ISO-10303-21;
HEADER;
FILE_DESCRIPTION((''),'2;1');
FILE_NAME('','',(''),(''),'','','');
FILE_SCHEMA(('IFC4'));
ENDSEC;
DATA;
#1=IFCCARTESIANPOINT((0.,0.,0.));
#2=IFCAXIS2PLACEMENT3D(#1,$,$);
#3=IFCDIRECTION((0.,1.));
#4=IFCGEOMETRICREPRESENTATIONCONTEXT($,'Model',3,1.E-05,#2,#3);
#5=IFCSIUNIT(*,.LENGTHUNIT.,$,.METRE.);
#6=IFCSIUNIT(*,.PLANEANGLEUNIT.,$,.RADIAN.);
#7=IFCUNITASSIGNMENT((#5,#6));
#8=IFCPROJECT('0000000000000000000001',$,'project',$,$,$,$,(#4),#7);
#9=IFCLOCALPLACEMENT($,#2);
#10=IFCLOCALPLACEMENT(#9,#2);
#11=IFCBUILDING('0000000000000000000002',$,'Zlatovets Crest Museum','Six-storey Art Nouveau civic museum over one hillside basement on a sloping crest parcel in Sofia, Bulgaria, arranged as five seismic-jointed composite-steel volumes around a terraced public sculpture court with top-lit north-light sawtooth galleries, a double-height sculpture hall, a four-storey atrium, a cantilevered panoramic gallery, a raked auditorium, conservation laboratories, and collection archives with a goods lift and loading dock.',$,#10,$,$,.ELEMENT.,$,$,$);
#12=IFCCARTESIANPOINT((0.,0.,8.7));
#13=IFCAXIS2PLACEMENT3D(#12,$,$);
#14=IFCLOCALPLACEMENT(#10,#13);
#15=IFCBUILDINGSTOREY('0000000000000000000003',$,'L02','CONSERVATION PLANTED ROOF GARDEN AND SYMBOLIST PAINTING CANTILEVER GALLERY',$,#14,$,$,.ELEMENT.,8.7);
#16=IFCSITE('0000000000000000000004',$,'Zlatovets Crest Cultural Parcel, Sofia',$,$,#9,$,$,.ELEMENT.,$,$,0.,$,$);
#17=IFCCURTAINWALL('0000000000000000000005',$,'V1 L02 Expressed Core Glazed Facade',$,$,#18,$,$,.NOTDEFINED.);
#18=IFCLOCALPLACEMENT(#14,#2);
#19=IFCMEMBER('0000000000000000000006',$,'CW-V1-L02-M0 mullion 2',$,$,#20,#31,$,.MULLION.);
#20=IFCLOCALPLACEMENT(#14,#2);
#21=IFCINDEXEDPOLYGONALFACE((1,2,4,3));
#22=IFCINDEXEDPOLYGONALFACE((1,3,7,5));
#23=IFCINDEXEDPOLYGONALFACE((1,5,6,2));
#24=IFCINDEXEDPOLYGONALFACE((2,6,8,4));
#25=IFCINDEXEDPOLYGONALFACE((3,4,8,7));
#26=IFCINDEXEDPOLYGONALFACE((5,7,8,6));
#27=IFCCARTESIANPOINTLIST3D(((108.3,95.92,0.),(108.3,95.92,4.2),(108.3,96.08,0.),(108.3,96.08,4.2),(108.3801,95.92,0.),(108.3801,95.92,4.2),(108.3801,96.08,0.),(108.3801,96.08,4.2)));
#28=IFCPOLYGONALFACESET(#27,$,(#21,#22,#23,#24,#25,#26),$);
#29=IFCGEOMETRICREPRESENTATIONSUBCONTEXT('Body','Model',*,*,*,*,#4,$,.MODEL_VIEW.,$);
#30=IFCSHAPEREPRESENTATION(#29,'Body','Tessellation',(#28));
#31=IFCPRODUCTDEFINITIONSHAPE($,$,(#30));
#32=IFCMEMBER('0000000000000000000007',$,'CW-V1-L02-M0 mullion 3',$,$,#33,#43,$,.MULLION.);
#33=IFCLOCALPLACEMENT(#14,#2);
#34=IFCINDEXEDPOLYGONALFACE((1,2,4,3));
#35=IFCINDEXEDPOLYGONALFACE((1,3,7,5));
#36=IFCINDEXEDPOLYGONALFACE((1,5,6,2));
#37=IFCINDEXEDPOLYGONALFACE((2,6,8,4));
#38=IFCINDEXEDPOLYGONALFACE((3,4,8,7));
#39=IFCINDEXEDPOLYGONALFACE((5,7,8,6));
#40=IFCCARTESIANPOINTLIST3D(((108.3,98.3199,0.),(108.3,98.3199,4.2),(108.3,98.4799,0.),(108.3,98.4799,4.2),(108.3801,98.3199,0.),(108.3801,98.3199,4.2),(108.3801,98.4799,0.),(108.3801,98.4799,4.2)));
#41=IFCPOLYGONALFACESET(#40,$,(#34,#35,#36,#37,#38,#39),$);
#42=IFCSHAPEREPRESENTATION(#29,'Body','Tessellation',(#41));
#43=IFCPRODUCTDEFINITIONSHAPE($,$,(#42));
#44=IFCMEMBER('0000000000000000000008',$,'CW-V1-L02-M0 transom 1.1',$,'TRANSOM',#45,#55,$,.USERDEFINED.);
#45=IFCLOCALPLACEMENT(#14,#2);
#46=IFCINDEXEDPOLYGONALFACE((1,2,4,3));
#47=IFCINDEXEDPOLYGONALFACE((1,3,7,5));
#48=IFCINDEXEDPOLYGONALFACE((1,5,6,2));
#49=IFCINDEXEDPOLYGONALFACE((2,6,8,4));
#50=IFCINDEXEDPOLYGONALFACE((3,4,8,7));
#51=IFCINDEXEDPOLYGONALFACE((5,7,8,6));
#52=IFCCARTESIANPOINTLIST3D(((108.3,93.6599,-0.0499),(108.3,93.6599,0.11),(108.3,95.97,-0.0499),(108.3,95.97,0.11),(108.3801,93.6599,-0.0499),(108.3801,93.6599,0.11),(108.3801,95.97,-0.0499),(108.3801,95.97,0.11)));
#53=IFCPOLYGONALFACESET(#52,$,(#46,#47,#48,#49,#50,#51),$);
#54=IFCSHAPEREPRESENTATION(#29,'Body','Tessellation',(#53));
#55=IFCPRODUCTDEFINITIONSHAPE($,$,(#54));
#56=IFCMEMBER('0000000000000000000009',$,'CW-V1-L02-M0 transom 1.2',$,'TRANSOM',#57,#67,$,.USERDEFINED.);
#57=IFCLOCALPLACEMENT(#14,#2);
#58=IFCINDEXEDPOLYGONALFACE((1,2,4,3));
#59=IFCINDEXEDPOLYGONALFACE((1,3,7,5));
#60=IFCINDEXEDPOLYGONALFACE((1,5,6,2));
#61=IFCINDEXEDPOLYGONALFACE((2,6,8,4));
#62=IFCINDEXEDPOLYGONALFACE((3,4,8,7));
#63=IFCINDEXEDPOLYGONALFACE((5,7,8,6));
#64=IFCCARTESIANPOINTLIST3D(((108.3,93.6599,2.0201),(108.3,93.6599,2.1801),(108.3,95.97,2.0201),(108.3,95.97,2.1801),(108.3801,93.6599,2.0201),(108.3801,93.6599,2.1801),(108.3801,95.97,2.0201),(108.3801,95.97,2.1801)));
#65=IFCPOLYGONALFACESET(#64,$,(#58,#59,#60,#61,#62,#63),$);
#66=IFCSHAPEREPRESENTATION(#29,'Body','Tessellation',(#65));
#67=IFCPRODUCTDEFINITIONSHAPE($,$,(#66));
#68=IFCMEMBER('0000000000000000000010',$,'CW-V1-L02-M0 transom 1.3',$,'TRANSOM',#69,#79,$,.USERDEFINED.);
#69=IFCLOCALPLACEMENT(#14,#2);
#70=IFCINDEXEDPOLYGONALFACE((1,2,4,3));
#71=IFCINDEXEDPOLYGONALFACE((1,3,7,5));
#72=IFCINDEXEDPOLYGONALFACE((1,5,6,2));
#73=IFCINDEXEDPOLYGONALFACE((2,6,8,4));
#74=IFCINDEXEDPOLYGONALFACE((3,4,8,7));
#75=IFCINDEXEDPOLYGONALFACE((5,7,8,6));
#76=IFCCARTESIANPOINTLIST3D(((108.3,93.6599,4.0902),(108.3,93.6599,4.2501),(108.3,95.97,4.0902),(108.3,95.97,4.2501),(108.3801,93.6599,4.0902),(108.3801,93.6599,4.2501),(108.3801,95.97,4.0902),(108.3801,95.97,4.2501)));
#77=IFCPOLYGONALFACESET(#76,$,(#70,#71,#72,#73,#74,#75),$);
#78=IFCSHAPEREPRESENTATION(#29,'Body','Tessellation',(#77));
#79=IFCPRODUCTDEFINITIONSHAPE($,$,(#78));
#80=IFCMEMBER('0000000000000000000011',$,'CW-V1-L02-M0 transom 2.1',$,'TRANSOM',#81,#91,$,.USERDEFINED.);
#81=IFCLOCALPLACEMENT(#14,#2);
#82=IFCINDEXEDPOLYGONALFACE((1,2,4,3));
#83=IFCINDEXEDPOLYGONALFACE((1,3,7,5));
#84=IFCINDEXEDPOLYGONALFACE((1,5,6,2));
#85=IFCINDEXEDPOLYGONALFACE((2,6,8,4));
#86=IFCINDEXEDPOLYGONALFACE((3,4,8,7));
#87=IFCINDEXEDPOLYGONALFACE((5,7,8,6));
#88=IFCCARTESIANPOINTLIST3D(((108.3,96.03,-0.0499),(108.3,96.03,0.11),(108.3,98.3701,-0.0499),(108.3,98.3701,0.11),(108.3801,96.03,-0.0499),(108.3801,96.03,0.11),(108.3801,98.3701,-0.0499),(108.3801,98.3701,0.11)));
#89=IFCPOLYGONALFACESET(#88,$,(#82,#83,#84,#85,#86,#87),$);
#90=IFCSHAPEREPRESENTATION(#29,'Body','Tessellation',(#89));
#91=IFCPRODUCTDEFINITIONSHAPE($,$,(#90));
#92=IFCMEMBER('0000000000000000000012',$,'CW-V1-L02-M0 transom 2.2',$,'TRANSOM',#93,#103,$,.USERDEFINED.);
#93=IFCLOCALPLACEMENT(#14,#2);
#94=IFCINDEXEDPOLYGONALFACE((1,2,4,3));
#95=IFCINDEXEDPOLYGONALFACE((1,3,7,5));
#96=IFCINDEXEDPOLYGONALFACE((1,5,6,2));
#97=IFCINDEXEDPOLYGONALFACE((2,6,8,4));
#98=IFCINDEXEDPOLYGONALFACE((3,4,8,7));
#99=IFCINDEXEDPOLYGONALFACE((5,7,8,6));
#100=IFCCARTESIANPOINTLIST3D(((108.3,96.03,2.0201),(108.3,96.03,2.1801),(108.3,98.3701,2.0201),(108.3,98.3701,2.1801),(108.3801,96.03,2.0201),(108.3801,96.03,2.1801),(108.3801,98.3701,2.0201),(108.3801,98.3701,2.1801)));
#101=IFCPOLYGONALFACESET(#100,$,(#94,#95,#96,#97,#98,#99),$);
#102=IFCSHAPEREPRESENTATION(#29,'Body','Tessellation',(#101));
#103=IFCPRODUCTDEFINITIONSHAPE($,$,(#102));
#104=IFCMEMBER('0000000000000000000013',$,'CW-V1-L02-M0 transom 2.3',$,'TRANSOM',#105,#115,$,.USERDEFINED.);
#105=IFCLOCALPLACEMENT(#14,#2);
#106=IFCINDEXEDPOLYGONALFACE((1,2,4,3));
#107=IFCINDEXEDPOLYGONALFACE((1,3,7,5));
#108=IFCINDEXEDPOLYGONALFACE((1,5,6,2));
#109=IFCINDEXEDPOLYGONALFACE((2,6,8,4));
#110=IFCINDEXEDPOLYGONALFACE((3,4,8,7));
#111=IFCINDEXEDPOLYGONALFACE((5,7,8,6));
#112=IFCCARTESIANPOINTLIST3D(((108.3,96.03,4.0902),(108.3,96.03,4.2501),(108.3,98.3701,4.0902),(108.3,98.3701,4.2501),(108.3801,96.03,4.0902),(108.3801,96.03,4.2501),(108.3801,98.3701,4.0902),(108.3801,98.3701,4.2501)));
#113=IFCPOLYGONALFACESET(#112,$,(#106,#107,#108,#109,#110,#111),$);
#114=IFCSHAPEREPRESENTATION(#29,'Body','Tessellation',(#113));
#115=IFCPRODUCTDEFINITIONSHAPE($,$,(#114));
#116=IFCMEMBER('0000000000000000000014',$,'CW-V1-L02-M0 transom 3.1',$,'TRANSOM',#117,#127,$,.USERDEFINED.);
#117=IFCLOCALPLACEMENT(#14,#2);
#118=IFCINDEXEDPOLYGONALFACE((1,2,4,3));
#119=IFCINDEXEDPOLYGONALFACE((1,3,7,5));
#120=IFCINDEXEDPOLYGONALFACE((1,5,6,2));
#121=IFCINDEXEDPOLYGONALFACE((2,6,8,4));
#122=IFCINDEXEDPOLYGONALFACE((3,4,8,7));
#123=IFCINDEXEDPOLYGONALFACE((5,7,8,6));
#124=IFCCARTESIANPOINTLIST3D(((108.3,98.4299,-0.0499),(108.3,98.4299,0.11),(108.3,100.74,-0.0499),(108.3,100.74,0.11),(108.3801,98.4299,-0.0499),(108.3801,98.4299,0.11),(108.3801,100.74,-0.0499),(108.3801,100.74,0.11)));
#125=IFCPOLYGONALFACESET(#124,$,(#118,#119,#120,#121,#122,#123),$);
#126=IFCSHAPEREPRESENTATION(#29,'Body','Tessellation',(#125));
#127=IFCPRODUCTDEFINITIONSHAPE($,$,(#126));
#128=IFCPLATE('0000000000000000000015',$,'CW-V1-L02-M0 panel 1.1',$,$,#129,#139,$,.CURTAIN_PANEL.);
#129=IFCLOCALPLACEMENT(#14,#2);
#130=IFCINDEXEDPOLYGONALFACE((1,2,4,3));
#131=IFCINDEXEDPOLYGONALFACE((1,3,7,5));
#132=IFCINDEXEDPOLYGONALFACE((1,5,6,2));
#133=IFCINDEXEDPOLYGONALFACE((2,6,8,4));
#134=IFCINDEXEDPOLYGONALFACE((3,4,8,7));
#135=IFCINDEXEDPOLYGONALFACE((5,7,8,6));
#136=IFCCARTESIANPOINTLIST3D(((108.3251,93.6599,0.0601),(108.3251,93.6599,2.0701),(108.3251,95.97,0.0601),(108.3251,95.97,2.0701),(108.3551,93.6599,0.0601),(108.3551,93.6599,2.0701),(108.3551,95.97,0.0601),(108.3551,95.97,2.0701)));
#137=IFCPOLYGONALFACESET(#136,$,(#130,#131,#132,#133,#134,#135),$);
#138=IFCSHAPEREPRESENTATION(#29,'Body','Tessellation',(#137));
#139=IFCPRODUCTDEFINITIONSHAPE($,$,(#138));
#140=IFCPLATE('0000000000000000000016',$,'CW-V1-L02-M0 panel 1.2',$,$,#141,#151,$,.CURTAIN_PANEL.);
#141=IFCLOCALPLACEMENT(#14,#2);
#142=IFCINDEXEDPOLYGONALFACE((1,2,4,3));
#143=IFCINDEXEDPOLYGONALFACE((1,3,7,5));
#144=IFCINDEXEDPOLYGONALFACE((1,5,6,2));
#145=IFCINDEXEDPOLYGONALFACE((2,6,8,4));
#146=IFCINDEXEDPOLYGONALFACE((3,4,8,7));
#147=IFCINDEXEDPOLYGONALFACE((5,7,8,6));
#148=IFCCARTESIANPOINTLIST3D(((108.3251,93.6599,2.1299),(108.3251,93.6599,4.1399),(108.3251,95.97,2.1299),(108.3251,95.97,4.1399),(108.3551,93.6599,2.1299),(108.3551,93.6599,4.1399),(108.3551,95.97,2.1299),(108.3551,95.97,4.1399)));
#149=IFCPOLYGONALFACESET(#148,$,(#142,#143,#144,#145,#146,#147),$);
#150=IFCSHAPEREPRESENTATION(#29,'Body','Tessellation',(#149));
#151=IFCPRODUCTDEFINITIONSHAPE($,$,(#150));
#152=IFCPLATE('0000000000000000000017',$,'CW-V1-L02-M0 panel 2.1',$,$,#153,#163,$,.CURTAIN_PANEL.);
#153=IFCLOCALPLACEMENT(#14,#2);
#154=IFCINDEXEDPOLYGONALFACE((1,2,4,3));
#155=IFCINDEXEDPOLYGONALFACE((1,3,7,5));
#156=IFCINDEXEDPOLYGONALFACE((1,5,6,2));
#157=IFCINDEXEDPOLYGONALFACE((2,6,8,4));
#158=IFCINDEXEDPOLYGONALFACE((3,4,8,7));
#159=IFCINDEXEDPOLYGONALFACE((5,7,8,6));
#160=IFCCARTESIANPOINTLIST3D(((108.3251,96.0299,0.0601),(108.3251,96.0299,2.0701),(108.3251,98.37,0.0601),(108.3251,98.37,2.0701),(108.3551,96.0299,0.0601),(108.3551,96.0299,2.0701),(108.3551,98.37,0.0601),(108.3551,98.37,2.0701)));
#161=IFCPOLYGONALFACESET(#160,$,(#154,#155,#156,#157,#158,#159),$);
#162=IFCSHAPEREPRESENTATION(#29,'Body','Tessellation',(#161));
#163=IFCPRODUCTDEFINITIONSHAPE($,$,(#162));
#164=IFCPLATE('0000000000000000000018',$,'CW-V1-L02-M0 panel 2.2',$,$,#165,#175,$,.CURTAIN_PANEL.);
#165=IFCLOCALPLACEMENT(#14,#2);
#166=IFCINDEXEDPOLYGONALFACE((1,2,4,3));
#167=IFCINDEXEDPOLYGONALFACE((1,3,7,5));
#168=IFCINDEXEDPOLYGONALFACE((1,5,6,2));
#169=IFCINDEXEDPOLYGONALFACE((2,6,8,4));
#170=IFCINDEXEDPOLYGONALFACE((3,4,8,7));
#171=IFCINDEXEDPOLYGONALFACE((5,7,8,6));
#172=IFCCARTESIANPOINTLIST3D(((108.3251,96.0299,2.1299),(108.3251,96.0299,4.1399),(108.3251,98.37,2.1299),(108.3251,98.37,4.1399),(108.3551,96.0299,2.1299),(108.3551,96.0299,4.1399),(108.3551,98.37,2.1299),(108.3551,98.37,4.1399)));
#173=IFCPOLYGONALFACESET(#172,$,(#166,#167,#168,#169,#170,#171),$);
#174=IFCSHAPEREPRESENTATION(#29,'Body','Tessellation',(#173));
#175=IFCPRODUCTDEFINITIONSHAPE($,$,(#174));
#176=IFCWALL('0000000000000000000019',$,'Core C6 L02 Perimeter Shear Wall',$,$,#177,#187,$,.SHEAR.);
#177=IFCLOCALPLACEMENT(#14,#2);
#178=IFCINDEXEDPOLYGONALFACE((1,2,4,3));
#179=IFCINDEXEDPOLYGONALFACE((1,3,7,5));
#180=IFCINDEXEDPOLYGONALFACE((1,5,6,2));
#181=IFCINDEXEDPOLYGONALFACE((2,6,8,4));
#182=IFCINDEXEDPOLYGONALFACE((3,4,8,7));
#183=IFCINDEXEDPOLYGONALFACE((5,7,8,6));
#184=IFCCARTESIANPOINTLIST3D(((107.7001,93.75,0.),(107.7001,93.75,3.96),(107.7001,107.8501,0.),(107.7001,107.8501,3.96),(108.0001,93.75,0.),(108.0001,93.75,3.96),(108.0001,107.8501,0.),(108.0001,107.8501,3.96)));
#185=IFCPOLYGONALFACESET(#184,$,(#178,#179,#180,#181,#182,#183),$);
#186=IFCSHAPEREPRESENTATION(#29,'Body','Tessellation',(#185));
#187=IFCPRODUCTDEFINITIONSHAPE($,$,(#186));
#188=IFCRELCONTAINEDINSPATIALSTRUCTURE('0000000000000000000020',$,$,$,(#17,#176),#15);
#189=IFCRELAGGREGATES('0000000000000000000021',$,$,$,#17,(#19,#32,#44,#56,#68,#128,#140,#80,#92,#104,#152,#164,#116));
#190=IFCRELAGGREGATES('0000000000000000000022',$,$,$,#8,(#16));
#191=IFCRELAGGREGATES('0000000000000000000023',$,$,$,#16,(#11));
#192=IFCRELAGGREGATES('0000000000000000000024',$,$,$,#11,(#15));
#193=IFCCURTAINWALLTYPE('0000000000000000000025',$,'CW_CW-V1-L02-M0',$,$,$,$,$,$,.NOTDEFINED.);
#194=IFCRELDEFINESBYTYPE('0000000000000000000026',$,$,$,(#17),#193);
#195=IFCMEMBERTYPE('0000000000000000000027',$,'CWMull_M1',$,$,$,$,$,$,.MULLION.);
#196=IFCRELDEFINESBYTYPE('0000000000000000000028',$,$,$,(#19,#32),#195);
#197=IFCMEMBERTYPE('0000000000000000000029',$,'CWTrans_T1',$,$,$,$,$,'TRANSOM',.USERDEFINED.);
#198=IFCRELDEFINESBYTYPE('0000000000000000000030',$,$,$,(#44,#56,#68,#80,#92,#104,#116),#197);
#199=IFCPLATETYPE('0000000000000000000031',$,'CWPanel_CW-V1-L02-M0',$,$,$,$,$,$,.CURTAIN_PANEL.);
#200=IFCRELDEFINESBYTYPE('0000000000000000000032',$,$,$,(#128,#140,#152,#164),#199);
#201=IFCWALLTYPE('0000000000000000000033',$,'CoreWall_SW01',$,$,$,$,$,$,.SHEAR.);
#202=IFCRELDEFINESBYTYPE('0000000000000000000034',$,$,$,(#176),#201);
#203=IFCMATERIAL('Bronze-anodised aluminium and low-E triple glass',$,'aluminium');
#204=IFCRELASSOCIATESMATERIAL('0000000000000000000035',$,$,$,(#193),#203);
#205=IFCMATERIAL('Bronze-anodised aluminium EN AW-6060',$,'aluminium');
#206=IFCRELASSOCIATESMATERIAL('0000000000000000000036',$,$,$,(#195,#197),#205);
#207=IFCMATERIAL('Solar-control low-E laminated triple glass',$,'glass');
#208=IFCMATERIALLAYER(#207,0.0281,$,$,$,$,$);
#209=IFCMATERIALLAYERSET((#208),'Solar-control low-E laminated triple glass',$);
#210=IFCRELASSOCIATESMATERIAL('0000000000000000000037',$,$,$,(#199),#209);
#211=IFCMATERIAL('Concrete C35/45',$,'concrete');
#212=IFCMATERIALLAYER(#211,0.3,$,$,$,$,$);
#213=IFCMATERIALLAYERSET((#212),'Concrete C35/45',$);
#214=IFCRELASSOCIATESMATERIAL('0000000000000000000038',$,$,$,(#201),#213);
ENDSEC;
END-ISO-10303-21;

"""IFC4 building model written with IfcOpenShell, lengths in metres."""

from ifc_helpers import new_model, si_unit, direction, frame, frame_2d, origin, origin_2d, place, context, subcontext, project, spatial, rectangle, extrude, material, layer, layer_set, material_profile, profile_set, type_object, element, aggregate, save


model = new_model("IFC4")

# Units and contexts
model_context = context("Model", 3, precision=1e-05, world=origin(), true_north=direction((0.0, 1.0)))
body_context = subcontext(model_context, "Body", "Model", "MODEL_VIEW")
ifc_project = project(units=[si_unit("LENGTHUNIT", "METRE"), si_unit("PLANEANGLEUNIT", "RADIAN")], contexts=[model_context])

# Site, building, storey
site_placement = place(None, origin())
site = spatial("IfcSite", under=ifc_project, at=site_placement, Name="Zlatovets Crest Cultural Parcel, Sofia", CompositionType="ELEMENT", RefElevation=0.0)
building_placement = place(site_placement, origin())
building = spatial("IfcBuilding", under=site, at=building_placement, Name="Zlatovets Crest Museum", Description="Six-storey Art Nouveau civic museum over one hillside basement on a sloping crest parcel in Sofia, Bulgaria, arranged as five seismic-jointed composite-steel volumes around a terraced public sculpture court with top-lit north-light sawtooth galleries, a double-height sculpture hall, a four-storey atrium, a cantilevered panoramic gallery, a raked auditorium, conservation laboratories, and collection archives with a goods lift and loading dock.", CompositionType="ELEMENT")
storey_placement = place(building_placement, frame((0.0, 0.0, 8.7)))
storey = spatial("IfcBuildingStorey", under=building, at=storey_placement, Name="L02", Description="CONSERVATION PLANTED ROOF GARDEN AND SYMBOLIST PAINTING CANTILEVER GALLERY", CompositionType="ELEMENT", Elevation=8.7)

# Curtain wall, members, plates
ifc_material_1 = material(Name="Bronze-anodised aluminium and low-E triple glass", Category="aluminium")
curtain_wall_type = type_object("IfcCurtainWallType", Name="CW_CW-V1-L02-M0", PredefinedType="NOTDEFINED", material=ifc_material_1)
curtain_wall_placement = place(storey_placement, origin())
curtain_wall = element("IfcCurtainWall", 1, at=curtain_wall_placement, inside=storey, type_object=curtain_wall_type, Name="V1 L02 Expressed Core Glazed Facade", PredefinedType="NOTDEFINED")
ifc_material_2 = material(Name="Bronze-anodised aluminium EN AW-6060", Category="aluminium")
ifc_material_profile_1 = material_profile(ifc_material_2, rectangle(XDim=0.0801, YDim=0.1599, at=origin_2d()), Name="ALU 80x160")
ifc_profile_set_1 = profile_set([ifc_material_profile_1], Name="Bronze-anodised aluminium EN AW-6060")
member_type_1 = type_object("IfcMemberType", Name="CWMull_M1", PredefinedType="MULLION", material=ifc_profile_set_1)
member_1_placement = place(storey_placement, frame((108.3401, 96.0, 0.0), z_axis=(0.0, 0.0, 1.0), x_axis=(-1.0, 0.0, 0.0)))
member_1 = element("IfcMember", 2, at=member_1_placement, type_object=member_type_1, Name="CW-V1-L02-M0 mullion 2", PredefinedType="MULLION", context=body_context, shape_type="SweptSolid", body=[
    extrude(rectangle(XDim=0.0801, YDim=0.1599, at=origin_2d()), origin(), (0.0, 0.0, 1.0), 4.2),
])
member_2_placement = place(storey_placement, frame((108.3401, 98.3999, 0.0), z_axis=(0.0, 0.0, 1.0), x_axis=(-1.0, 0.0, 0.0)))
member_2 = element("IfcMember", 3, at=member_2_placement, type_object=member_type_1, Name="CW-V1-L02-M0 mullion 3", PredefinedType="MULLION", context=body_context, shape_type="SweptSolid", body=[
    extrude(rectangle(XDim=0.0801, YDim=0.1599, at=origin_2d()), origin(), (0.0, 0.0, 1.0), 4.2),
])
ifc_material_profile_2 = material_profile(ifc_material_2, rectangle(XDim=0.0801, YDim=0.1599, at=origin_2d()), Name="ALU 80x160")
ifc_profile_set_2 = profile_set([ifc_material_profile_2], Name="Bronze-anodised aluminium EN AW-6060")
member_type_2 = type_object("IfcMemberType", Name="CWTrans_T1", ElementType="TRANSOM", PredefinedType="USERDEFINED", material=ifc_profile_set_2)
member_3_placement = place(storey_placement, frame((108.3401, 93.6599, 0.03), z_axis=(0.0, 1.0, 0.0), x_axis=(-1.0, 0.0, 0.0)))
member_3 = element("IfcMember", 4, at=member_3_placement, type_object=member_type_2, Name="CW-V1-L02-M0 transom 1.1", ObjectType="TRANSOM", PredefinedType="USERDEFINED", context=body_context, shape_type="SweptSolid", body=[
    extrude(rectangle(XDim=0.0801, YDim=0.1599, at=origin_2d()), origin(), (0.0, 0.0, 1.0), 2.3101),
])
member_4_placement = place(storey_placement, frame((108.3401, 93.6599, 2.1001), z_axis=(0.0, 1.0, 0.0), x_axis=(-1.0, 0.0, 0.0)))
member_4 = element("IfcMember", 5, at=member_4_placement, type_object=member_type_2, Name="CW-V1-L02-M0 transom 1.2", ObjectType="TRANSOM", PredefinedType="USERDEFINED", context=body_context, shape_type="SweptSolid", body=[
    extrude(rectangle(XDim=0.0801, YDim=0.1599, at=origin_2d()), origin(), (0.0, 0.0, 1.0), 2.3101),
])
member_5_placement = place(storey_placement, frame((108.3401, 93.6599, 4.1702), z_axis=(0.0, 1.0, 0.0), x_axis=(-1.0, 0.0, 0.0)))
member_5 = element("IfcMember", 6, at=member_5_placement, type_object=member_type_2, Name="CW-V1-L02-M0 transom 1.3", ObjectType="TRANSOM", PredefinedType="USERDEFINED", context=body_context, shape_type="SweptSolid", body=[
    extrude(rectangle(XDim=0.0801, YDim=0.1599, at=origin_2d()), origin(), (0.0, 0.0, 1.0), 2.3101),
])
member_6_placement = place(storey_placement, frame((108.3401, 96.03, 0.03), z_axis=(0.0, 1.0, 0.0), x_axis=(-1.0, 0.0, 0.0)))
member_6 = element("IfcMember", 7, at=member_6_placement, type_object=member_type_2, Name="CW-V1-L02-M0 transom 2.1", ObjectType="TRANSOM", PredefinedType="USERDEFINED", context=body_context, shape_type="SweptSolid", body=[
    extrude(rectangle(XDim=0.0801, YDim=0.1599, at=origin_2d()), origin(), (0.0, 0.0, 1.0), 2.3401),
])
member_7_placement = place(storey_placement, frame((108.3401, 96.03, 2.1001), z_axis=(0.0, 1.0, 0.0), x_axis=(-1.0, 0.0, 0.0)))
member_7 = element("IfcMember", 8, at=member_7_placement, type_object=member_type_2, Name="CW-V1-L02-M0 transom 2.2", ObjectType="TRANSOM", PredefinedType="USERDEFINED", context=body_context, shape_type="SweptSolid", body=[
    extrude(rectangle(XDim=0.0801, YDim=0.1599, at=origin_2d()), origin(), (0.0, 0.0, 1.0), 2.3401),
])
member_8_placement = place(storey_placement, frame((108.3401, 96.03, 4.1702), z_axis=(0.0, 1.0, 0.0), x_axis=(-1.0, 0.0, 0.0)))
member_8 = element("IfcMember", 9, at=member_8_placement, type_object=member_type_2, Name="CW-V1-L02-M0 transom 2.3", ObjectType="TRANSOM", PredefinedType="USERDEFINED", context=body_context, shape_type="SweptSolid", body=[
    extrude(rectangle(XDim=0.0801, YDim=0.1599, at=origin_2d()), origin(), (0.0, 0.0, 1.0), 2.3401),
])
member_9_placement = place(storey_placement, frame((108.3401, 98.4299, 0.03), z_axis=(0.0, 1.0, 0.0), x_axis=(-1.0, 0.0, 0.0)))
member_9 = element("IfcMember", 10, at=member_9_placement, type_object=member_type_2, Name="CW-V1-L02-M0 transom 3.1", ObjectType="TRANSOM", PredefinedType="USERDEFINED", context=body_context, shape_type="SweptSolid", body=[
    extrude(rectangle(XDim=0.0801, YDim=0.1599, at=origin_2d()), origin(), (0.0, 0.0, 1.0), 2.3101),
])
ifc_material_3 = material(Name="Solar-control low-E laminated triple glass", Category="glass")
ifc_layer_1 = layer(ifc_material_3, 0.0281)
ifc_layer_set_1 = layer_set([ifc_layer_1], Name="Solar-control low-E laminated triple glass")
plate_type = type_object("IfcPlateType", Name="CWPanel_CW-V1-L02-M0", PredefinedType="CURTAIN_PANEL", material=ifc_layer_set_1)
plate_1_placement = place(storey_placement, frame((108.3401, 94.8149, 0.0601), z_axis=(0.0, 0.0, 1.0), x_axis=(0.0, 1.0, 0.0)))
plate_1 = element("IfcPlate", 11, at=plate_1_placement, type_object=plate_type, Name="CW-V1-L02-M0 panel 1.1", PredefinedType="CURTAIN_PANEL", context=body_context, shape_type="SweptSolid", body=[
    extrude(rectangle(XDim=2.3101, YDim=0.03, at=origin_2d()), origin(), (0.0, 0.0, 1.0), 2.01),
])
plate_2_placement = place(storey_placement, frame((108.3401, 94.8149, 2.1299), z_axis=(0.0, 0.0, 1.0), x_axis=(0.0, 1.0, 0.0)))
plate_2 = element("IfcPlate", 12, at=plate_2_placement, type_object=plate_type, Name="CW-V1-L02-M0 panel 1.2", PredefinedType="CURTAIN_PANEL", context=body_context, shape_type="SweptSolid", body=[
    extrude(rectangle(XDim=2.3101, YDim=0.03, at=origin_2d()), origin(), (0.0, 0.0, 1.0), 2.01),
])
plate_3_placement = place(storey_placement, frame((108.3401, 97.2, 0.0601), z_axis=(0.0, 0.0, 1.0), x_axis=(0.0, 1.0, 0.0)))
plate_3 = element("IfcPlate", 13, at=plate_3_placement, type_object=plate_type, Name="CW-V1-L02-M0 panel 2.1", PredefinedType="CURTAIN_PANEL", context=body_context, shape_type="SweptSolid", body=[
    extrude(rectangle(XDim=2.3401, YDim=0.03, at=origin_2d()), origin(), (0.0, 0.0, 1.0), 2.01),
])
plate_4_placement = place(storey_placement, frame((108.3401, 97.2, 2.1299), z_axis=(0.0, 0.0, 1.0), x_axis=(0.0, 1.0, 0.0)))
plate_4 = element("IfcPlate", 14, at=plate_4_placement, type_object=plate_type, Name="CW-V1-L02-M0 panel 2.2", PredefinedType="CURTAIN_PANEL", context=body_context, shape_type="SweptSolid", body=[
    extrude(rectangle(XDim=2.3401, YDim=0.03, at=origin_2d()), origin(), (0.0, 0.0, 1.0), 2.01),
])
aggregate(curtain_wall, [member_1, member_2, member_3, member_4, member_5, plate_1, plate_2, member_6, member_7, member_8, plate_3, plate_4, member_9])

# Wall
ifc_material_4 = material(Name="Concrete C35/45", Category="concrete")
ifc_layer_2 = layer(ifc_material_4, 0.3)
ifc_layer_set_2 = layer_set([ifc_layer_2], Name="Concrete C35/45")
wall_type_1 = type_object("IfcWallType", Name="CoreWall_SW01", PredefinedType="SHEAR", material=ifc_layer_set_2)
wall_1_placement = place(storey_placement, frame((107.8501, 93.75, 0.0), z_axis=(0.0, 0.0, 1.0), x_axis=(0.0, 1.0, 0.0)))
element("IfcWall", 15, at=wall_1_placement, inside=storey, type_object=wall_type_1, Name="Core C6 L02 Perimeter Shear Wall", PredefinedType="SHEAR", context=body_context, shape_type="SweptSolid", body=[
    extrude(rectangle(XDim=14.1001, YDim=0.3, at=frame_2d((7.05, 0.0))), origin(), (0.0, 0.0, 1.0), 3.96),
])

save(model, "model.ifc")
